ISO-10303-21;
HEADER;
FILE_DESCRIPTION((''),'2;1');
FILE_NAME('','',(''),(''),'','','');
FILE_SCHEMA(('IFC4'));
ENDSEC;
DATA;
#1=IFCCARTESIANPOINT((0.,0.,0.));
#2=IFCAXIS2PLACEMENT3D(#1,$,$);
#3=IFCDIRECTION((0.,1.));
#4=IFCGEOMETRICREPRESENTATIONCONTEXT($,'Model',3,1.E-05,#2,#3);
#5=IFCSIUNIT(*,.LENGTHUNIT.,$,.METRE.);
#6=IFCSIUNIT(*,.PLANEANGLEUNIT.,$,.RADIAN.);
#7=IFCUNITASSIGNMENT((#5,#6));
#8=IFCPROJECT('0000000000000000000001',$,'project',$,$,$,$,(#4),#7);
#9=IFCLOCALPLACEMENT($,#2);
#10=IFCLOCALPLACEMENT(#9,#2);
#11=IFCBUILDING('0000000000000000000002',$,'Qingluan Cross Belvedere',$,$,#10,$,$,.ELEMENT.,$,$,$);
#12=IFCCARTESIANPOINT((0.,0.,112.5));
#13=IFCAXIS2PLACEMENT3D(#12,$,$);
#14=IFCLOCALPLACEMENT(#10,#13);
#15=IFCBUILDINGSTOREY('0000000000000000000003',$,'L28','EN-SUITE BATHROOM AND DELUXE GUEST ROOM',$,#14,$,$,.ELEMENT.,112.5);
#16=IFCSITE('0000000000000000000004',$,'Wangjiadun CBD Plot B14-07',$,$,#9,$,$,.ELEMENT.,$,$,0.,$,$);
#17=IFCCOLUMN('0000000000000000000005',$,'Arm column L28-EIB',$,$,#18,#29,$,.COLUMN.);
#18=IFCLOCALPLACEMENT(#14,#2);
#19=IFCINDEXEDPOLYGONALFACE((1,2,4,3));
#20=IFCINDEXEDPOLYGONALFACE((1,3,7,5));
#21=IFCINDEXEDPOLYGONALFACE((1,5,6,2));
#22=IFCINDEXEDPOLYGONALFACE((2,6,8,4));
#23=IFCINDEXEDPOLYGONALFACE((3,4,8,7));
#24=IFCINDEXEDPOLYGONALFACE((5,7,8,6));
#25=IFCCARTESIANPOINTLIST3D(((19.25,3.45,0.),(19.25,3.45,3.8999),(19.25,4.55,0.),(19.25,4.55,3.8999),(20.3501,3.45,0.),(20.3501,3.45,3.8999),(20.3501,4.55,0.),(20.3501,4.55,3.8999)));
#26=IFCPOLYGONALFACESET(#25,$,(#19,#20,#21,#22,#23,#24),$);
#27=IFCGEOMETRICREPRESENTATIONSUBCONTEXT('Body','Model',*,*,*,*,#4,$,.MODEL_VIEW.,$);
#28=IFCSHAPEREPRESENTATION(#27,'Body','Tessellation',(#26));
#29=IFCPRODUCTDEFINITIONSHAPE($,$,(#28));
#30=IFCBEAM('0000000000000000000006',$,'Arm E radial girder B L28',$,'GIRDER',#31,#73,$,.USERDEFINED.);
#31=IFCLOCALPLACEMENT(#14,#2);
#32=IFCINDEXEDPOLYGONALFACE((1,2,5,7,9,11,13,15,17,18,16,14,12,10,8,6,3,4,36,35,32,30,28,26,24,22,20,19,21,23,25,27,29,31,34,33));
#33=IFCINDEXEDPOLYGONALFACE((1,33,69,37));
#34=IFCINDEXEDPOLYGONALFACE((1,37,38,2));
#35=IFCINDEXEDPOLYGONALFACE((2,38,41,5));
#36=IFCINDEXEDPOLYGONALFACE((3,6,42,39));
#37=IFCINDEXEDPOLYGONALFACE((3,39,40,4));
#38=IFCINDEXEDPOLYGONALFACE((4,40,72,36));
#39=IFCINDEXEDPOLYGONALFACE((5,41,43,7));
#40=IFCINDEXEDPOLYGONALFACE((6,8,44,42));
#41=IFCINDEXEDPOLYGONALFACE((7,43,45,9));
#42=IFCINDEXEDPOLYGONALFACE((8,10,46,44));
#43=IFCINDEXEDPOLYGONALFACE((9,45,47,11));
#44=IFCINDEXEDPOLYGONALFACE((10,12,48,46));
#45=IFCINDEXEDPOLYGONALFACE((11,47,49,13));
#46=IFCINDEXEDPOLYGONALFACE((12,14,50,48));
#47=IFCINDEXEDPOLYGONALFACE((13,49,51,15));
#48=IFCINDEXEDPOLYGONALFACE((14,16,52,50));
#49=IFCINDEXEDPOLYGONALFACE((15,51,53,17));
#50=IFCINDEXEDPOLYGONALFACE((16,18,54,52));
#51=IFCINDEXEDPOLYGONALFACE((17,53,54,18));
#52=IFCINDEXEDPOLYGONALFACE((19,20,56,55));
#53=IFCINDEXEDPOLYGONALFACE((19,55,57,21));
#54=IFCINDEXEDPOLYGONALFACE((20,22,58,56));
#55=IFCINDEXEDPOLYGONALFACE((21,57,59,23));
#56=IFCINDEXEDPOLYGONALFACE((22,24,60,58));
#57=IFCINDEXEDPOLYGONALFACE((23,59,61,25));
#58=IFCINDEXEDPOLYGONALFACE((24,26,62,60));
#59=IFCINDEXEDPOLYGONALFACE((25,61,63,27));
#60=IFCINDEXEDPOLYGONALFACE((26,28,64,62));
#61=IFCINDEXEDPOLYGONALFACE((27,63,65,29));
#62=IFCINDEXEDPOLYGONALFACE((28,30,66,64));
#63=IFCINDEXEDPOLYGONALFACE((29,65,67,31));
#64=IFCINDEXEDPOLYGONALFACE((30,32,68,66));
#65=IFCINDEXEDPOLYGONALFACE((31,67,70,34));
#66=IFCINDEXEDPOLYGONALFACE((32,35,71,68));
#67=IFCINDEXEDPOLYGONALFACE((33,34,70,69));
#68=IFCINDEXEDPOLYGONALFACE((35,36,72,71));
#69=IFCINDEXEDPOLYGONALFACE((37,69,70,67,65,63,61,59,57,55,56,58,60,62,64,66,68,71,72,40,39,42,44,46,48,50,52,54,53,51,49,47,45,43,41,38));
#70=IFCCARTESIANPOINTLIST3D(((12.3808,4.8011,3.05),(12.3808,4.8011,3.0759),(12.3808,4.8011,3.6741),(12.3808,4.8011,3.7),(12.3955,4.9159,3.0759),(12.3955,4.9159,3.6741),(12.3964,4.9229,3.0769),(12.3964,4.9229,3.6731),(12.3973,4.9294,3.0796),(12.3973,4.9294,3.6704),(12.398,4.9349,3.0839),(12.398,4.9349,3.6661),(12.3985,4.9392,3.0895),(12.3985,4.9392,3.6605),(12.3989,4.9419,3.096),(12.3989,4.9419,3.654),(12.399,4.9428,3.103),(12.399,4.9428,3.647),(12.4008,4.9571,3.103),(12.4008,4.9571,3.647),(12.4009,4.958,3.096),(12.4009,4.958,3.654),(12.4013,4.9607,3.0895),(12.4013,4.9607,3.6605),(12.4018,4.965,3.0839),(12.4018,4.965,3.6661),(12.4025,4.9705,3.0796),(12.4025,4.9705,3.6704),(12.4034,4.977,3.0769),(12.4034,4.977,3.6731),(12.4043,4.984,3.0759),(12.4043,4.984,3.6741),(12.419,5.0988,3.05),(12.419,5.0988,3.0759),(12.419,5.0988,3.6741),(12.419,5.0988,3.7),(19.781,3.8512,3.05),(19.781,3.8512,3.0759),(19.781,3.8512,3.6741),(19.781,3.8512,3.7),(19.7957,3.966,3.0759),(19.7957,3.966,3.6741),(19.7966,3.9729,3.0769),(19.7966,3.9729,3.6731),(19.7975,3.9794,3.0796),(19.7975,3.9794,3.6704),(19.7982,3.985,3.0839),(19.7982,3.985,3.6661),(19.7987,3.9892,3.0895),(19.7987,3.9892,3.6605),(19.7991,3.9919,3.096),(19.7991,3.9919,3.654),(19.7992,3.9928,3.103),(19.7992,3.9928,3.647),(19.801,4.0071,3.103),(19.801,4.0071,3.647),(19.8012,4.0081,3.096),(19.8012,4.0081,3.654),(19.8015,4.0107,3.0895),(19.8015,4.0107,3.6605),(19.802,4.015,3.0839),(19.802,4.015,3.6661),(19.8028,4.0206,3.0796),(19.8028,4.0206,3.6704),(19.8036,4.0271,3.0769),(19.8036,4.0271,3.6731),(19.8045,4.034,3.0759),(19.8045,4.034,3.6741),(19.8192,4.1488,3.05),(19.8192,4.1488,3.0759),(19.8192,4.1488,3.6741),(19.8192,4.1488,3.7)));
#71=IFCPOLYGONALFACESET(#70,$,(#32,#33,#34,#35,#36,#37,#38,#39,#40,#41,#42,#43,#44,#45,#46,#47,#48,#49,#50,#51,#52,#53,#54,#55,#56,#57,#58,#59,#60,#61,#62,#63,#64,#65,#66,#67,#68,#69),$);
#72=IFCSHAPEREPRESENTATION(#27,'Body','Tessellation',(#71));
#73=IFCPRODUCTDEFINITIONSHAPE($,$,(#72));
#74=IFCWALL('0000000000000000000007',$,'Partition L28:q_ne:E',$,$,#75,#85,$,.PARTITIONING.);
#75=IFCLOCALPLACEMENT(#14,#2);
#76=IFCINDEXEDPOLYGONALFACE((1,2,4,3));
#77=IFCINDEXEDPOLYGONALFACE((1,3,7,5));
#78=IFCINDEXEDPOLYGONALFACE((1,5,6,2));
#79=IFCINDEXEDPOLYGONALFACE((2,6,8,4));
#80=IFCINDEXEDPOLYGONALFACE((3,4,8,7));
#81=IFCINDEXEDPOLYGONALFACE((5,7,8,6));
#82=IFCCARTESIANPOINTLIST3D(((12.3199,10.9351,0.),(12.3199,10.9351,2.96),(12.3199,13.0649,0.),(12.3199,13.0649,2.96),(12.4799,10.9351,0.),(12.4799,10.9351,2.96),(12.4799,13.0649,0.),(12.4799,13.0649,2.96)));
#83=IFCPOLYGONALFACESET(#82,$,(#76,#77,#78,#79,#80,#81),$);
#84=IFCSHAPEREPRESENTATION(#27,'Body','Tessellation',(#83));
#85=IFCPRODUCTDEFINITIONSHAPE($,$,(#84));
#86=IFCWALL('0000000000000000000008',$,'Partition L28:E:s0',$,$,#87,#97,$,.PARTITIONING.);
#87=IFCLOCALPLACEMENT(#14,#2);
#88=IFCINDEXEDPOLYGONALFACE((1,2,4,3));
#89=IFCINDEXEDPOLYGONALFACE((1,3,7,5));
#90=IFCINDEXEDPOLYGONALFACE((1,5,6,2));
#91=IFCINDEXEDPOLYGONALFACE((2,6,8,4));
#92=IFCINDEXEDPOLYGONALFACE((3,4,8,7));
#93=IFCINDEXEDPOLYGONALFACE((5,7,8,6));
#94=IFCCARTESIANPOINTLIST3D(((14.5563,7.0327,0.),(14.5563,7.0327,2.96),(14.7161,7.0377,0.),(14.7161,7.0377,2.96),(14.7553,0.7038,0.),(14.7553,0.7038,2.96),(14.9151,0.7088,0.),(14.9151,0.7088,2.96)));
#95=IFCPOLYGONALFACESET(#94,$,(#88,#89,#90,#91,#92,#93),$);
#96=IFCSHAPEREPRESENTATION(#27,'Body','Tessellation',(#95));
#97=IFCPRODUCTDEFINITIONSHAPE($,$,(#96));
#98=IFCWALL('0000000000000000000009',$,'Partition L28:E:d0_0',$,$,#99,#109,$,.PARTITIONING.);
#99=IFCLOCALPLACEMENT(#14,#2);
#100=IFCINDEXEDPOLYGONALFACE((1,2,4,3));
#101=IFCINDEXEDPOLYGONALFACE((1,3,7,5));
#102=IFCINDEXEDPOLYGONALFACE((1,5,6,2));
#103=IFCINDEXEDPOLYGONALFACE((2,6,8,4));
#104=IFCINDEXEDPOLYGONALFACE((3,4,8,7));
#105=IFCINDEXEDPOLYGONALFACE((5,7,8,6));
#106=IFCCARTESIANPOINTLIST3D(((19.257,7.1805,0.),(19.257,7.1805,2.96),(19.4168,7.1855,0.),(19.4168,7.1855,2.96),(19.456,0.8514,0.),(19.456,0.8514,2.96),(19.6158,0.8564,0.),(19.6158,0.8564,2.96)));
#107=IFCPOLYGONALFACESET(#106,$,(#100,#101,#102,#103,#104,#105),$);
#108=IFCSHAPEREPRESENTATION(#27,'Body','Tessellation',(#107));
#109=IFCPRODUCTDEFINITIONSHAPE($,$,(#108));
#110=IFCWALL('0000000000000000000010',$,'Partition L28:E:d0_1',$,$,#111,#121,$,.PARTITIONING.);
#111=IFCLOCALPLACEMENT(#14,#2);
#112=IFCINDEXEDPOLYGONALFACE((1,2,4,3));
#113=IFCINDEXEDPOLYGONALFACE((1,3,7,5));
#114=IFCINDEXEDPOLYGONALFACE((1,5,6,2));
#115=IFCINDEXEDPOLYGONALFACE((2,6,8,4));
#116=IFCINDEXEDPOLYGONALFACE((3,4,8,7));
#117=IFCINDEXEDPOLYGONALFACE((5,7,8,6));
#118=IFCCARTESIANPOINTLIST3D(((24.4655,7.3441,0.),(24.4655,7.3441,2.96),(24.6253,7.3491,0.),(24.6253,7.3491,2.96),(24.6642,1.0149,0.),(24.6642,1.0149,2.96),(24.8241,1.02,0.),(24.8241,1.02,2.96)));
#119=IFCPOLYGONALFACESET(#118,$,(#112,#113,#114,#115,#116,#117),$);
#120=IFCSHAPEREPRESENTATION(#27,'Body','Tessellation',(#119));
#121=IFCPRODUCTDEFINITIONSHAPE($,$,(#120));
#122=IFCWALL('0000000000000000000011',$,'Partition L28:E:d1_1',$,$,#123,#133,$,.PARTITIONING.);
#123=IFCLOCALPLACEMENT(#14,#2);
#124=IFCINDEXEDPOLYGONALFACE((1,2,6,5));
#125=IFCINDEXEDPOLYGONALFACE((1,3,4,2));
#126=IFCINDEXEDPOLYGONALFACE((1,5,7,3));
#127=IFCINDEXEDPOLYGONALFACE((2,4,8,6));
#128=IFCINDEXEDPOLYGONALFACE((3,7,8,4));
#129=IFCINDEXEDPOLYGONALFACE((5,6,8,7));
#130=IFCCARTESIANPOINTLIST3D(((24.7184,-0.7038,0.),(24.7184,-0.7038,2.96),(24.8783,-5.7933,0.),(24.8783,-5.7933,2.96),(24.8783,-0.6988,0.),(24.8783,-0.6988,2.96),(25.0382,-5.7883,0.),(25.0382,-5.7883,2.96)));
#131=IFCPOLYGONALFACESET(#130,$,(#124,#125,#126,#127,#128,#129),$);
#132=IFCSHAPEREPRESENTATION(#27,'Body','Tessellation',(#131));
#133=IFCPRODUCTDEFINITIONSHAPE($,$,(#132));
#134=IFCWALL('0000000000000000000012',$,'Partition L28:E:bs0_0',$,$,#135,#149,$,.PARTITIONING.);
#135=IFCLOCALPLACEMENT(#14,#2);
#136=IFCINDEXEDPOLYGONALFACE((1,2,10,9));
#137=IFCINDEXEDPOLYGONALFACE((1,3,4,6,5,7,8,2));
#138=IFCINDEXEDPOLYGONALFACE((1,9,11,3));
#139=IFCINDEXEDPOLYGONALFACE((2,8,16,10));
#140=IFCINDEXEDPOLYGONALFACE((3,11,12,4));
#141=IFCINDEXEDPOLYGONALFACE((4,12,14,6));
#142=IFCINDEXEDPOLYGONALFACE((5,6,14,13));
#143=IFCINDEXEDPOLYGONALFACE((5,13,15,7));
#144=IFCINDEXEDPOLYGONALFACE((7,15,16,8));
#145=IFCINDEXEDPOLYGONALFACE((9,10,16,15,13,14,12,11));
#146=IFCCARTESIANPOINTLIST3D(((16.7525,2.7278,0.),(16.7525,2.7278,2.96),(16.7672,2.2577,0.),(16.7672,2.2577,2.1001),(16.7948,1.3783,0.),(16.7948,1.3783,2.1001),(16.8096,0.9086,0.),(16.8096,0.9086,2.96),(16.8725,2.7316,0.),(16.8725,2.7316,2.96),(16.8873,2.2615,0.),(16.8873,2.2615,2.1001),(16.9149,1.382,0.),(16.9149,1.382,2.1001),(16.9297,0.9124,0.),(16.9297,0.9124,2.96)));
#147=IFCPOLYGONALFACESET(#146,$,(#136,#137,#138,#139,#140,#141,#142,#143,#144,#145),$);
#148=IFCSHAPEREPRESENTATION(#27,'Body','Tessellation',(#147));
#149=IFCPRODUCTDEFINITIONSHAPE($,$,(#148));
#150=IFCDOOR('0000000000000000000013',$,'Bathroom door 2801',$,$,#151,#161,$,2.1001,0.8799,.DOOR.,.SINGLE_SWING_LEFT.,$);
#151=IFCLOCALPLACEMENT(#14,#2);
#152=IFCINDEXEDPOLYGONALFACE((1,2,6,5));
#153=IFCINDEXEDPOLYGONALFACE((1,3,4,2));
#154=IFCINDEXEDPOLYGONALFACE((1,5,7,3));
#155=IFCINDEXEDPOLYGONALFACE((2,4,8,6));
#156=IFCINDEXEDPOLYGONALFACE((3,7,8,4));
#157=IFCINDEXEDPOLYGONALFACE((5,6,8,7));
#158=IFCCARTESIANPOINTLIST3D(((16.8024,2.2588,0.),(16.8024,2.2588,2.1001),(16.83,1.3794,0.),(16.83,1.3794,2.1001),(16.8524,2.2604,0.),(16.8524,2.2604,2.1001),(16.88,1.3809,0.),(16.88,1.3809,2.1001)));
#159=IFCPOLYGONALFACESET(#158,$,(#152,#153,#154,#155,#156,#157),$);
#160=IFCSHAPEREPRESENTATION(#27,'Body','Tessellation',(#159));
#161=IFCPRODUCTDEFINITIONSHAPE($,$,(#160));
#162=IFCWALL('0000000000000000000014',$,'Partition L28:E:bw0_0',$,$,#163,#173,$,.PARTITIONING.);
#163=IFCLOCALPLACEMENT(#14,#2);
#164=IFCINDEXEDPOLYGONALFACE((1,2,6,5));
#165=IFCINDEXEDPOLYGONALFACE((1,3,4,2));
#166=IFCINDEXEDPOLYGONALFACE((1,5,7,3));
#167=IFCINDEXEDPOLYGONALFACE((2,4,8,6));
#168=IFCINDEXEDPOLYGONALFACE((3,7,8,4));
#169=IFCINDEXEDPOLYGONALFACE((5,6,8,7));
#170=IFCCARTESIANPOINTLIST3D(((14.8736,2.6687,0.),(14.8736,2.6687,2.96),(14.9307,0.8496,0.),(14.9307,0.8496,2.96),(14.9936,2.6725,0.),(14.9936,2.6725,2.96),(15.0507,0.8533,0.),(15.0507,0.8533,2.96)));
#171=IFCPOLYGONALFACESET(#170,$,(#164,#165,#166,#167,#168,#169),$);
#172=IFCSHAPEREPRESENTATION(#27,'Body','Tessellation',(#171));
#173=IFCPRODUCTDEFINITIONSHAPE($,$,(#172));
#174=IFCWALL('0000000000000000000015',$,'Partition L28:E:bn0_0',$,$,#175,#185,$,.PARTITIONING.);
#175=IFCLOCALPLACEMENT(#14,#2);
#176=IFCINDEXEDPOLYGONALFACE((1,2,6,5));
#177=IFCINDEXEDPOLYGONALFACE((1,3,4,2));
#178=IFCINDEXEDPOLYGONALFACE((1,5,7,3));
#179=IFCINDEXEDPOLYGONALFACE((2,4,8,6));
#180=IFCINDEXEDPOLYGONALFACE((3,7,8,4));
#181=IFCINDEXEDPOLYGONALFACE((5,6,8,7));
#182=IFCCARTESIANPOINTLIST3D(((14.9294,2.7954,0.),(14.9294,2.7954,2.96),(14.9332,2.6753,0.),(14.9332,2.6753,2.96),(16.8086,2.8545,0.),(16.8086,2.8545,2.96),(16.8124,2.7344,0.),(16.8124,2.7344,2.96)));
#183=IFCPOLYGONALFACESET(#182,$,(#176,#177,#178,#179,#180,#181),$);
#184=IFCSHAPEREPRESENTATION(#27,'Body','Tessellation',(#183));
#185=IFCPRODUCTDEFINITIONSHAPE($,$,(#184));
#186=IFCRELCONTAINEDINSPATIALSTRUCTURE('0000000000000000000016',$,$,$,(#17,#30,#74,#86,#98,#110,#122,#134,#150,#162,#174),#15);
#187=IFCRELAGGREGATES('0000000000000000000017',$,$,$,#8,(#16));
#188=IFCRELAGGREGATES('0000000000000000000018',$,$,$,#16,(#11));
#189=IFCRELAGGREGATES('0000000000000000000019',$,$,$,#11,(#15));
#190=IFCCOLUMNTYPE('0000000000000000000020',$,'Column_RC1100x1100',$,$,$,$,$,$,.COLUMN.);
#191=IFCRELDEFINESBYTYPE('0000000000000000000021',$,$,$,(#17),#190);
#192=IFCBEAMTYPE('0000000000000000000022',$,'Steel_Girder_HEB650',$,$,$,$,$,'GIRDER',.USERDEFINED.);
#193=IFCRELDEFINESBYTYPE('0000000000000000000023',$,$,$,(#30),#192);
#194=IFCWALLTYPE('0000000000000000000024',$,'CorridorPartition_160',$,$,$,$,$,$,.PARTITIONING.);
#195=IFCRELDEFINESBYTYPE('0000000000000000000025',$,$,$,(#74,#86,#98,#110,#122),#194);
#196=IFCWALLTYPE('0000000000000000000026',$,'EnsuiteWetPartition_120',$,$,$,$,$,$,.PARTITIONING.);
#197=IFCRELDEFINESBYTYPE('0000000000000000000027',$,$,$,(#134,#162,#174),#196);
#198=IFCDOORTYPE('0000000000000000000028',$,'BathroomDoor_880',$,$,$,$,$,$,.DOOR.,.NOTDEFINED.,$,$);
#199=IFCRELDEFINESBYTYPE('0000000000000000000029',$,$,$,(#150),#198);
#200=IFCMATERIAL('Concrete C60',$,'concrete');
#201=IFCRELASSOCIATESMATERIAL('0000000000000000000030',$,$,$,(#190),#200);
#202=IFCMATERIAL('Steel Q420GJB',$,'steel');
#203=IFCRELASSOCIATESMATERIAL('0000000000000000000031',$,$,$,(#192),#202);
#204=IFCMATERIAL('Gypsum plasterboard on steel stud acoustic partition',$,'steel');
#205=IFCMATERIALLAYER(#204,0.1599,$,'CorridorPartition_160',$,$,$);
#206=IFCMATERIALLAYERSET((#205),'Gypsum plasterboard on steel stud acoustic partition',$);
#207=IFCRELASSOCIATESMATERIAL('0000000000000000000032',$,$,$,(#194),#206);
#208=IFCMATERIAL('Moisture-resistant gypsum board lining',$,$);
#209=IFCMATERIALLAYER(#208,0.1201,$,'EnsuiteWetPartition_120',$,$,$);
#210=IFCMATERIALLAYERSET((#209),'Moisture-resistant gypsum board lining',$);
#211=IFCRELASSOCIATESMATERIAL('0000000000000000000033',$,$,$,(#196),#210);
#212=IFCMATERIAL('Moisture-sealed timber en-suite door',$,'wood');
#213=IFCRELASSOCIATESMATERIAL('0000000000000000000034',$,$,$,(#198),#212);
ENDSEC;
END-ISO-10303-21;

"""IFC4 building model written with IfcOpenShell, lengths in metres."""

from ifc_helpers import new_model, si_unit, direction, frame, frame_2d, origin, origin_2d, place, context, subcontext, project, spatial, rectangle, i_section, extrude, material, layer, layer_set, material_profile, profile_set, type_object, element, fill, save


model = new_model("IFC4")

# Units and contexts
model_context = context("Model", 3, precision=1e-05, world=origin(), true_north=direction((0.0, 1.0)))
body_context = subcontext(model_context, "Body", "Model", "MODEL_VIEW")
ifc_project = project(units=[si_unit("LENGTHUNIT", "METRE"), si_unit("PLANEANGLEUNIT", "RADIAN")], contexts=[model_context])

# Site, building, storey
site_placement = place(None, origin())
site = spatial("IfcSite", under=ifc_project, at=site_placement, Name="Wangjiadun CBD Plot B14-07", CompositionType="ELEMENT", RefElevation=0.0)
building_placement = place(site_placement, origin())
building = spatial("IfcBuilding", under=site, at=building_placement, Name="Qingluan Cross Belvedere", CompositionType="ELEMENT")
storey_placement = place(building_placement, frame((0.0, 0.0, 112.5)))
storey = spatial("IfcBuildingStorey", under=building, at=storey_placement, Name="L28", Description="EN-SUITE BATHROOM AND DELUXE GUEST ROOM", CompositionType="ELEMENT", Elevation=112.5)

# Column
ifc_material_1 = material(Name="Concrete C60", Category="concrete")
ifc_material_profile_1 = material_profile(ifc_material_1, rectangle(XDim=1.1001, YDim=1.1001, at=origin_2d()), Name="RC1100x1100")
ifc_profile_set_1 = profile_set([ifc_material_profile_1], Name="Concrete C60")
column_type = type_object("IfcColumnType", Name="Column_RC1100x1100", PredefinedType="COLUMN", material=ifc_profile_set_1)
column_placement = place(storey_placement, frame((19.8, 4.0, 0.0), z_axis=(0.0, 0.0, 1.0), x_axis=(1.0, 0.0, 0.0)))
element("IfcColumn", 1, at=column_placement, inside=storey, type_object=column_type, Name="Arm column L28-EIB", PredefinedType="COLUMN", context=body_context, shape_type="SweptSolid", body=[
    extrude(rectangle(XDim=1.1001, YDim=1.1001, at=origin_2d()), origin(), (0.0, 0.0, 1.0), 3.8999),
])

# Beam
ifc_material_2 = material(Name="Steel Q420GJB", Category="steel")
ifc_material_profile_2 = material_profile(ifc_material_2, i_section(OverallWidth=0.3, OverallDepth=0.6499, WebThickness=0.0144, FlangeThickness=0.0259, FilletRadius=0.0271, at=origin_2d()), Name="HEB650")
ifc_profile_set_2 = profile_set([ifc_material_profile_2], Name="Steel Q420GJB")
beam_type = type_object("IfcBeamType", Name="Steel_Girder_HEB650", ElementType="GIRDER", PredefinedType="USERDEFINED", material=ifc_profile_set_2)
beam_placement = place(storey_placement, frame((12.3999, 4.95, 3.375), z_axis=(0.991861, -0.127324, 0.0), x_axis=(0.127324, 0.991861, 0.0)))
element("IfcBeam", 2, at=beam_placement, inside=storey, type_object=beam_type, Name="Arm E radial girder B L28", ObjectType="GIRDER", PredefinedType="USERDEFINED", context=body_context, shape_type="SweptSolid", body=[
    extrude(i_section(OverallWidth=0.3, OverallDepth=0.6499, WebThickness=0.0144, FlangeThickness=0.0259, FilletRadius=0.0271, at=origin_2d()), origin(), (0.0, 0.0, 1.0), 7.4609),
])

# Wall
ifc_material_3 = material(Name="Gypsum plasterboard on steel stud acoustic partition", Category="steel")
ifc_layer_1 = layer(ifc_material_3, 0.1599, Name="CorridorPartition_160")
ifc_layer_set_1 = layer_set([ifc_layer_1], Name="Gypsum plasterboard on steel stud acoustic partition")
wall_type_1 = type_object("IfcWallType", Name="CorridorPartition_160", PredefinedType="PARTITIONING", material=ifc_layer_set_1)
wall_1_placement = place(storey_placement, frame((12.3999, 10.9351, 0.0), z_axis=(0.0, 0.0, 1.0), x_axis=(0.0, 1.0, 0.0)))
element("IfcWall", 3, at=wall_1_placement, inside=storey, type_object=wall_type_1, Name="Partition L28:q_ne:E", PredefinedType="PARTITIONING", context=body_context, shape_type="SweptSolid", body=[
    extrude(rectangle(XDim=2.1299, YDim=0.1599, at=frame_2d((1.0649, 0.0))), origin(), (0.0, 0.0, 1.0), 2.96),
])

# Walls
wall_2_placement = place(storey_placement, frame((14.8352, 0.7063, 0.0), z_axis=(0.0, 0.0, 1.0), x_axis=(-0.031424, 0.999506, 0.0)))
element("IfcWall", 4, at=wall_2_placement, inside=storey, type_object=wall_type_1, Name="Partition L28:E:s0", PredefinedType="PARTITIONING", context=body_context, shape_type="SweptSolid", body=[
    extrude(rectangle(XDim=6.332, YDim=0.1599, at=frame_2d((3.166, 0.0))), origin(), (0.0, 0.0, 1.0), 2.96),
])
for number, where, z_axis, x_axis, name in (
    (5, (19.5359, 0.854, 0.0), (0.0, 0.0, 1.0), (-0.031423, 0.999506, 0.0), "Partition L28:E:d0_0"),
    (6, (24.7441, 1.0176, 0.0), (0.0, 0.0, 1.0), (-0.031384, 0.999507, 0.0), "Partition L28:E:d0_1"),
):
    element("IfcWall", number, at=place(storey_placement, frame(where, z_axis=z_axis, x_axis=x_axis)), inside=storey, type_object=wall_type_1, Name=name, PredefinedType="PARTITIONING", context=body_context, shape_type="SweptSolid", body=[
        extrude(rectangle(XDim=6.3323, YDim=0.1599, at=frame_2d((3.166, 0.0))), origin(), (0.0, 0.0, 1.0), 2.96),
    ])
wall_3_placement = place(storey_placement, frame((24.7983, -0.7014, 0.0), z_axis=(0.0, 0.0, 1.0), x_axis=(0.031404, -0.999507, 0.0)))
element("IfcWall", 7, at=wall_3_placement, inside=storey, type_object=wall_type_1, Name="Partition L28:E:d1_1", PredefinedType="PARTITIONING", context=body_context, shape_type="SweptSolid", body=[
    extrude(rectangle(XDim=5.092, YDim=0.1599, at=frame_2d((2.5459, 0.0))), origin(), (0.0, 0.0, 1.0), 2.96),
])

# Wall, opening, door
ifc_material_4 = material(Name="Moisture-resistant gypsum board lining")
ifc_layer_2 = layer(ifc_material_4, 0.1201, Name="EnsuiteWetPartition_120")
ifc_layer_set_2 = layer_set([ifc_layer_2], Name="Moisture-resistant gypsum board lining")
wall_type_2 = type_object("IfcWallType", Name="EnsuiteWetPartition_120", PredefinedType="PARTITIONING", material=ifc_layer_set_2)
wall_4_placement = place(storey_placement, frame((16.8696, 0.9104, 0.0), z_axis=(0.0, 0.0, 1.0), x_axis=(-0.03139, 0.999507, 0.0)))
wall_4 = element("IfcWall", 8, at=wall_4_placement, inside=storey, type_object=wall_type_2, Name="Partition L28:E:bs0_0", PredefinedType="PARTITIONING", context=body_context, shape_type="SweptSolid", body=[
    extrude(rectangle(XDim=1.8201, YDim=0.1201, at=frame_2d((0.9102, 0.0))), origin(), (0.0, 0.0, 1.0), 2.96),
])
opening_1_placement = place(wall_4_placement, frame((0.47, 0.0, 0.0)))
opening_1 = element("IfcOpeningElement", 9, at=opening_1_placement, cuts=wall_4, PredefinedType="OPENING", context=body_context, shape_type="SweptSolid", body=[
    extrude(rectangle(XDim=0.8799, YDim=2.1001, at=frame_2d((0.4399, 1.05))), frame((0.0, 0.0701, 0.0), z_axis=(0.0, -1.0, 0.0), x_axis=(1.0, 0.0, 0.0)), (0.0, 0.0, 1.0), 0.1401),
])
ifc_material_5 = material(Name="Moisture-sealed timber en-suite door", Category="wood")
door_type_1 = type_object("IfcDoorType", Name="BathroomDoor_880", OperationType="NOTDEFINED", PredefinedType="DOOR", material=ifc_material_5)
door_1_placement = place(opening_1_placement, origin())
door_1 = element("IfcDoor", 10, at=door_1_placement, inside=storey, type_object=door_type_1, Name="Bathroom door 2801", OperationType="SINGLE_SWING_LEFT", OverallHeight=2.1001, OverallWidth=0.8799, PredefinedType="DOOR", context=body_context, shape_type="SweptSolid", body=[
    extrude(rectangle(XDim=0.8799, YDim=2.1001, at=frame_2d((0.4399, 1.05))), frame((0.0, 0.0249, 0.0), z_axis=(0.0, -1.0, 0.0), x_axis=(1.0, 0.0, 0.0)), (0.0, 0.0, 1.0), 0.05),
])
fill(opening_1, door_1)

# Walls
wall_5_placement = place(storey_placement, frame((14.9907, 0.8513, 0.0), z_axis=(0.0, 0.0, 1.0), x_axis=(-0.03139, 0.999507, 0.0)))
element("IfcWall", 11, at=wall_5_placement, inside=storey, type_object=wall_type_2, Name="Partition L28:E:bw0_0", PredefinedType="PARTITIONING", context=body_context, shape_type="SweptSolid", body=[
    extrude(rectangle(XDim=1.8201, YDim=0.1201, at=frame_2d((0.9102, 0.0))), origin(), (0.0, 0.0, 1.0), 2.96),
])
wall_6_placement = place(storey_placement, frame((14.9314, 2.7354, 0.0), z_axis=(0.0, 0.0, 1.0), x_axis=(0.999506, 0.031425, 0.0)))
element("IfcWall", 12, at=wall_6_placement, inside=storey, type_object=wall_type_2, Name="Partition L28:E:bn0_0", PredefinedType="PARTITIONING", context=body_context, shape_type="SweptSolid", body=[
    extrude(rectangle(XDim=1.8801, YDim=0.1201, at=frame_2d((0.9399, 0.0))), origin(), (0.0, 0.0, 1.0), 2.96),
])

save(model, "model.ifc")
